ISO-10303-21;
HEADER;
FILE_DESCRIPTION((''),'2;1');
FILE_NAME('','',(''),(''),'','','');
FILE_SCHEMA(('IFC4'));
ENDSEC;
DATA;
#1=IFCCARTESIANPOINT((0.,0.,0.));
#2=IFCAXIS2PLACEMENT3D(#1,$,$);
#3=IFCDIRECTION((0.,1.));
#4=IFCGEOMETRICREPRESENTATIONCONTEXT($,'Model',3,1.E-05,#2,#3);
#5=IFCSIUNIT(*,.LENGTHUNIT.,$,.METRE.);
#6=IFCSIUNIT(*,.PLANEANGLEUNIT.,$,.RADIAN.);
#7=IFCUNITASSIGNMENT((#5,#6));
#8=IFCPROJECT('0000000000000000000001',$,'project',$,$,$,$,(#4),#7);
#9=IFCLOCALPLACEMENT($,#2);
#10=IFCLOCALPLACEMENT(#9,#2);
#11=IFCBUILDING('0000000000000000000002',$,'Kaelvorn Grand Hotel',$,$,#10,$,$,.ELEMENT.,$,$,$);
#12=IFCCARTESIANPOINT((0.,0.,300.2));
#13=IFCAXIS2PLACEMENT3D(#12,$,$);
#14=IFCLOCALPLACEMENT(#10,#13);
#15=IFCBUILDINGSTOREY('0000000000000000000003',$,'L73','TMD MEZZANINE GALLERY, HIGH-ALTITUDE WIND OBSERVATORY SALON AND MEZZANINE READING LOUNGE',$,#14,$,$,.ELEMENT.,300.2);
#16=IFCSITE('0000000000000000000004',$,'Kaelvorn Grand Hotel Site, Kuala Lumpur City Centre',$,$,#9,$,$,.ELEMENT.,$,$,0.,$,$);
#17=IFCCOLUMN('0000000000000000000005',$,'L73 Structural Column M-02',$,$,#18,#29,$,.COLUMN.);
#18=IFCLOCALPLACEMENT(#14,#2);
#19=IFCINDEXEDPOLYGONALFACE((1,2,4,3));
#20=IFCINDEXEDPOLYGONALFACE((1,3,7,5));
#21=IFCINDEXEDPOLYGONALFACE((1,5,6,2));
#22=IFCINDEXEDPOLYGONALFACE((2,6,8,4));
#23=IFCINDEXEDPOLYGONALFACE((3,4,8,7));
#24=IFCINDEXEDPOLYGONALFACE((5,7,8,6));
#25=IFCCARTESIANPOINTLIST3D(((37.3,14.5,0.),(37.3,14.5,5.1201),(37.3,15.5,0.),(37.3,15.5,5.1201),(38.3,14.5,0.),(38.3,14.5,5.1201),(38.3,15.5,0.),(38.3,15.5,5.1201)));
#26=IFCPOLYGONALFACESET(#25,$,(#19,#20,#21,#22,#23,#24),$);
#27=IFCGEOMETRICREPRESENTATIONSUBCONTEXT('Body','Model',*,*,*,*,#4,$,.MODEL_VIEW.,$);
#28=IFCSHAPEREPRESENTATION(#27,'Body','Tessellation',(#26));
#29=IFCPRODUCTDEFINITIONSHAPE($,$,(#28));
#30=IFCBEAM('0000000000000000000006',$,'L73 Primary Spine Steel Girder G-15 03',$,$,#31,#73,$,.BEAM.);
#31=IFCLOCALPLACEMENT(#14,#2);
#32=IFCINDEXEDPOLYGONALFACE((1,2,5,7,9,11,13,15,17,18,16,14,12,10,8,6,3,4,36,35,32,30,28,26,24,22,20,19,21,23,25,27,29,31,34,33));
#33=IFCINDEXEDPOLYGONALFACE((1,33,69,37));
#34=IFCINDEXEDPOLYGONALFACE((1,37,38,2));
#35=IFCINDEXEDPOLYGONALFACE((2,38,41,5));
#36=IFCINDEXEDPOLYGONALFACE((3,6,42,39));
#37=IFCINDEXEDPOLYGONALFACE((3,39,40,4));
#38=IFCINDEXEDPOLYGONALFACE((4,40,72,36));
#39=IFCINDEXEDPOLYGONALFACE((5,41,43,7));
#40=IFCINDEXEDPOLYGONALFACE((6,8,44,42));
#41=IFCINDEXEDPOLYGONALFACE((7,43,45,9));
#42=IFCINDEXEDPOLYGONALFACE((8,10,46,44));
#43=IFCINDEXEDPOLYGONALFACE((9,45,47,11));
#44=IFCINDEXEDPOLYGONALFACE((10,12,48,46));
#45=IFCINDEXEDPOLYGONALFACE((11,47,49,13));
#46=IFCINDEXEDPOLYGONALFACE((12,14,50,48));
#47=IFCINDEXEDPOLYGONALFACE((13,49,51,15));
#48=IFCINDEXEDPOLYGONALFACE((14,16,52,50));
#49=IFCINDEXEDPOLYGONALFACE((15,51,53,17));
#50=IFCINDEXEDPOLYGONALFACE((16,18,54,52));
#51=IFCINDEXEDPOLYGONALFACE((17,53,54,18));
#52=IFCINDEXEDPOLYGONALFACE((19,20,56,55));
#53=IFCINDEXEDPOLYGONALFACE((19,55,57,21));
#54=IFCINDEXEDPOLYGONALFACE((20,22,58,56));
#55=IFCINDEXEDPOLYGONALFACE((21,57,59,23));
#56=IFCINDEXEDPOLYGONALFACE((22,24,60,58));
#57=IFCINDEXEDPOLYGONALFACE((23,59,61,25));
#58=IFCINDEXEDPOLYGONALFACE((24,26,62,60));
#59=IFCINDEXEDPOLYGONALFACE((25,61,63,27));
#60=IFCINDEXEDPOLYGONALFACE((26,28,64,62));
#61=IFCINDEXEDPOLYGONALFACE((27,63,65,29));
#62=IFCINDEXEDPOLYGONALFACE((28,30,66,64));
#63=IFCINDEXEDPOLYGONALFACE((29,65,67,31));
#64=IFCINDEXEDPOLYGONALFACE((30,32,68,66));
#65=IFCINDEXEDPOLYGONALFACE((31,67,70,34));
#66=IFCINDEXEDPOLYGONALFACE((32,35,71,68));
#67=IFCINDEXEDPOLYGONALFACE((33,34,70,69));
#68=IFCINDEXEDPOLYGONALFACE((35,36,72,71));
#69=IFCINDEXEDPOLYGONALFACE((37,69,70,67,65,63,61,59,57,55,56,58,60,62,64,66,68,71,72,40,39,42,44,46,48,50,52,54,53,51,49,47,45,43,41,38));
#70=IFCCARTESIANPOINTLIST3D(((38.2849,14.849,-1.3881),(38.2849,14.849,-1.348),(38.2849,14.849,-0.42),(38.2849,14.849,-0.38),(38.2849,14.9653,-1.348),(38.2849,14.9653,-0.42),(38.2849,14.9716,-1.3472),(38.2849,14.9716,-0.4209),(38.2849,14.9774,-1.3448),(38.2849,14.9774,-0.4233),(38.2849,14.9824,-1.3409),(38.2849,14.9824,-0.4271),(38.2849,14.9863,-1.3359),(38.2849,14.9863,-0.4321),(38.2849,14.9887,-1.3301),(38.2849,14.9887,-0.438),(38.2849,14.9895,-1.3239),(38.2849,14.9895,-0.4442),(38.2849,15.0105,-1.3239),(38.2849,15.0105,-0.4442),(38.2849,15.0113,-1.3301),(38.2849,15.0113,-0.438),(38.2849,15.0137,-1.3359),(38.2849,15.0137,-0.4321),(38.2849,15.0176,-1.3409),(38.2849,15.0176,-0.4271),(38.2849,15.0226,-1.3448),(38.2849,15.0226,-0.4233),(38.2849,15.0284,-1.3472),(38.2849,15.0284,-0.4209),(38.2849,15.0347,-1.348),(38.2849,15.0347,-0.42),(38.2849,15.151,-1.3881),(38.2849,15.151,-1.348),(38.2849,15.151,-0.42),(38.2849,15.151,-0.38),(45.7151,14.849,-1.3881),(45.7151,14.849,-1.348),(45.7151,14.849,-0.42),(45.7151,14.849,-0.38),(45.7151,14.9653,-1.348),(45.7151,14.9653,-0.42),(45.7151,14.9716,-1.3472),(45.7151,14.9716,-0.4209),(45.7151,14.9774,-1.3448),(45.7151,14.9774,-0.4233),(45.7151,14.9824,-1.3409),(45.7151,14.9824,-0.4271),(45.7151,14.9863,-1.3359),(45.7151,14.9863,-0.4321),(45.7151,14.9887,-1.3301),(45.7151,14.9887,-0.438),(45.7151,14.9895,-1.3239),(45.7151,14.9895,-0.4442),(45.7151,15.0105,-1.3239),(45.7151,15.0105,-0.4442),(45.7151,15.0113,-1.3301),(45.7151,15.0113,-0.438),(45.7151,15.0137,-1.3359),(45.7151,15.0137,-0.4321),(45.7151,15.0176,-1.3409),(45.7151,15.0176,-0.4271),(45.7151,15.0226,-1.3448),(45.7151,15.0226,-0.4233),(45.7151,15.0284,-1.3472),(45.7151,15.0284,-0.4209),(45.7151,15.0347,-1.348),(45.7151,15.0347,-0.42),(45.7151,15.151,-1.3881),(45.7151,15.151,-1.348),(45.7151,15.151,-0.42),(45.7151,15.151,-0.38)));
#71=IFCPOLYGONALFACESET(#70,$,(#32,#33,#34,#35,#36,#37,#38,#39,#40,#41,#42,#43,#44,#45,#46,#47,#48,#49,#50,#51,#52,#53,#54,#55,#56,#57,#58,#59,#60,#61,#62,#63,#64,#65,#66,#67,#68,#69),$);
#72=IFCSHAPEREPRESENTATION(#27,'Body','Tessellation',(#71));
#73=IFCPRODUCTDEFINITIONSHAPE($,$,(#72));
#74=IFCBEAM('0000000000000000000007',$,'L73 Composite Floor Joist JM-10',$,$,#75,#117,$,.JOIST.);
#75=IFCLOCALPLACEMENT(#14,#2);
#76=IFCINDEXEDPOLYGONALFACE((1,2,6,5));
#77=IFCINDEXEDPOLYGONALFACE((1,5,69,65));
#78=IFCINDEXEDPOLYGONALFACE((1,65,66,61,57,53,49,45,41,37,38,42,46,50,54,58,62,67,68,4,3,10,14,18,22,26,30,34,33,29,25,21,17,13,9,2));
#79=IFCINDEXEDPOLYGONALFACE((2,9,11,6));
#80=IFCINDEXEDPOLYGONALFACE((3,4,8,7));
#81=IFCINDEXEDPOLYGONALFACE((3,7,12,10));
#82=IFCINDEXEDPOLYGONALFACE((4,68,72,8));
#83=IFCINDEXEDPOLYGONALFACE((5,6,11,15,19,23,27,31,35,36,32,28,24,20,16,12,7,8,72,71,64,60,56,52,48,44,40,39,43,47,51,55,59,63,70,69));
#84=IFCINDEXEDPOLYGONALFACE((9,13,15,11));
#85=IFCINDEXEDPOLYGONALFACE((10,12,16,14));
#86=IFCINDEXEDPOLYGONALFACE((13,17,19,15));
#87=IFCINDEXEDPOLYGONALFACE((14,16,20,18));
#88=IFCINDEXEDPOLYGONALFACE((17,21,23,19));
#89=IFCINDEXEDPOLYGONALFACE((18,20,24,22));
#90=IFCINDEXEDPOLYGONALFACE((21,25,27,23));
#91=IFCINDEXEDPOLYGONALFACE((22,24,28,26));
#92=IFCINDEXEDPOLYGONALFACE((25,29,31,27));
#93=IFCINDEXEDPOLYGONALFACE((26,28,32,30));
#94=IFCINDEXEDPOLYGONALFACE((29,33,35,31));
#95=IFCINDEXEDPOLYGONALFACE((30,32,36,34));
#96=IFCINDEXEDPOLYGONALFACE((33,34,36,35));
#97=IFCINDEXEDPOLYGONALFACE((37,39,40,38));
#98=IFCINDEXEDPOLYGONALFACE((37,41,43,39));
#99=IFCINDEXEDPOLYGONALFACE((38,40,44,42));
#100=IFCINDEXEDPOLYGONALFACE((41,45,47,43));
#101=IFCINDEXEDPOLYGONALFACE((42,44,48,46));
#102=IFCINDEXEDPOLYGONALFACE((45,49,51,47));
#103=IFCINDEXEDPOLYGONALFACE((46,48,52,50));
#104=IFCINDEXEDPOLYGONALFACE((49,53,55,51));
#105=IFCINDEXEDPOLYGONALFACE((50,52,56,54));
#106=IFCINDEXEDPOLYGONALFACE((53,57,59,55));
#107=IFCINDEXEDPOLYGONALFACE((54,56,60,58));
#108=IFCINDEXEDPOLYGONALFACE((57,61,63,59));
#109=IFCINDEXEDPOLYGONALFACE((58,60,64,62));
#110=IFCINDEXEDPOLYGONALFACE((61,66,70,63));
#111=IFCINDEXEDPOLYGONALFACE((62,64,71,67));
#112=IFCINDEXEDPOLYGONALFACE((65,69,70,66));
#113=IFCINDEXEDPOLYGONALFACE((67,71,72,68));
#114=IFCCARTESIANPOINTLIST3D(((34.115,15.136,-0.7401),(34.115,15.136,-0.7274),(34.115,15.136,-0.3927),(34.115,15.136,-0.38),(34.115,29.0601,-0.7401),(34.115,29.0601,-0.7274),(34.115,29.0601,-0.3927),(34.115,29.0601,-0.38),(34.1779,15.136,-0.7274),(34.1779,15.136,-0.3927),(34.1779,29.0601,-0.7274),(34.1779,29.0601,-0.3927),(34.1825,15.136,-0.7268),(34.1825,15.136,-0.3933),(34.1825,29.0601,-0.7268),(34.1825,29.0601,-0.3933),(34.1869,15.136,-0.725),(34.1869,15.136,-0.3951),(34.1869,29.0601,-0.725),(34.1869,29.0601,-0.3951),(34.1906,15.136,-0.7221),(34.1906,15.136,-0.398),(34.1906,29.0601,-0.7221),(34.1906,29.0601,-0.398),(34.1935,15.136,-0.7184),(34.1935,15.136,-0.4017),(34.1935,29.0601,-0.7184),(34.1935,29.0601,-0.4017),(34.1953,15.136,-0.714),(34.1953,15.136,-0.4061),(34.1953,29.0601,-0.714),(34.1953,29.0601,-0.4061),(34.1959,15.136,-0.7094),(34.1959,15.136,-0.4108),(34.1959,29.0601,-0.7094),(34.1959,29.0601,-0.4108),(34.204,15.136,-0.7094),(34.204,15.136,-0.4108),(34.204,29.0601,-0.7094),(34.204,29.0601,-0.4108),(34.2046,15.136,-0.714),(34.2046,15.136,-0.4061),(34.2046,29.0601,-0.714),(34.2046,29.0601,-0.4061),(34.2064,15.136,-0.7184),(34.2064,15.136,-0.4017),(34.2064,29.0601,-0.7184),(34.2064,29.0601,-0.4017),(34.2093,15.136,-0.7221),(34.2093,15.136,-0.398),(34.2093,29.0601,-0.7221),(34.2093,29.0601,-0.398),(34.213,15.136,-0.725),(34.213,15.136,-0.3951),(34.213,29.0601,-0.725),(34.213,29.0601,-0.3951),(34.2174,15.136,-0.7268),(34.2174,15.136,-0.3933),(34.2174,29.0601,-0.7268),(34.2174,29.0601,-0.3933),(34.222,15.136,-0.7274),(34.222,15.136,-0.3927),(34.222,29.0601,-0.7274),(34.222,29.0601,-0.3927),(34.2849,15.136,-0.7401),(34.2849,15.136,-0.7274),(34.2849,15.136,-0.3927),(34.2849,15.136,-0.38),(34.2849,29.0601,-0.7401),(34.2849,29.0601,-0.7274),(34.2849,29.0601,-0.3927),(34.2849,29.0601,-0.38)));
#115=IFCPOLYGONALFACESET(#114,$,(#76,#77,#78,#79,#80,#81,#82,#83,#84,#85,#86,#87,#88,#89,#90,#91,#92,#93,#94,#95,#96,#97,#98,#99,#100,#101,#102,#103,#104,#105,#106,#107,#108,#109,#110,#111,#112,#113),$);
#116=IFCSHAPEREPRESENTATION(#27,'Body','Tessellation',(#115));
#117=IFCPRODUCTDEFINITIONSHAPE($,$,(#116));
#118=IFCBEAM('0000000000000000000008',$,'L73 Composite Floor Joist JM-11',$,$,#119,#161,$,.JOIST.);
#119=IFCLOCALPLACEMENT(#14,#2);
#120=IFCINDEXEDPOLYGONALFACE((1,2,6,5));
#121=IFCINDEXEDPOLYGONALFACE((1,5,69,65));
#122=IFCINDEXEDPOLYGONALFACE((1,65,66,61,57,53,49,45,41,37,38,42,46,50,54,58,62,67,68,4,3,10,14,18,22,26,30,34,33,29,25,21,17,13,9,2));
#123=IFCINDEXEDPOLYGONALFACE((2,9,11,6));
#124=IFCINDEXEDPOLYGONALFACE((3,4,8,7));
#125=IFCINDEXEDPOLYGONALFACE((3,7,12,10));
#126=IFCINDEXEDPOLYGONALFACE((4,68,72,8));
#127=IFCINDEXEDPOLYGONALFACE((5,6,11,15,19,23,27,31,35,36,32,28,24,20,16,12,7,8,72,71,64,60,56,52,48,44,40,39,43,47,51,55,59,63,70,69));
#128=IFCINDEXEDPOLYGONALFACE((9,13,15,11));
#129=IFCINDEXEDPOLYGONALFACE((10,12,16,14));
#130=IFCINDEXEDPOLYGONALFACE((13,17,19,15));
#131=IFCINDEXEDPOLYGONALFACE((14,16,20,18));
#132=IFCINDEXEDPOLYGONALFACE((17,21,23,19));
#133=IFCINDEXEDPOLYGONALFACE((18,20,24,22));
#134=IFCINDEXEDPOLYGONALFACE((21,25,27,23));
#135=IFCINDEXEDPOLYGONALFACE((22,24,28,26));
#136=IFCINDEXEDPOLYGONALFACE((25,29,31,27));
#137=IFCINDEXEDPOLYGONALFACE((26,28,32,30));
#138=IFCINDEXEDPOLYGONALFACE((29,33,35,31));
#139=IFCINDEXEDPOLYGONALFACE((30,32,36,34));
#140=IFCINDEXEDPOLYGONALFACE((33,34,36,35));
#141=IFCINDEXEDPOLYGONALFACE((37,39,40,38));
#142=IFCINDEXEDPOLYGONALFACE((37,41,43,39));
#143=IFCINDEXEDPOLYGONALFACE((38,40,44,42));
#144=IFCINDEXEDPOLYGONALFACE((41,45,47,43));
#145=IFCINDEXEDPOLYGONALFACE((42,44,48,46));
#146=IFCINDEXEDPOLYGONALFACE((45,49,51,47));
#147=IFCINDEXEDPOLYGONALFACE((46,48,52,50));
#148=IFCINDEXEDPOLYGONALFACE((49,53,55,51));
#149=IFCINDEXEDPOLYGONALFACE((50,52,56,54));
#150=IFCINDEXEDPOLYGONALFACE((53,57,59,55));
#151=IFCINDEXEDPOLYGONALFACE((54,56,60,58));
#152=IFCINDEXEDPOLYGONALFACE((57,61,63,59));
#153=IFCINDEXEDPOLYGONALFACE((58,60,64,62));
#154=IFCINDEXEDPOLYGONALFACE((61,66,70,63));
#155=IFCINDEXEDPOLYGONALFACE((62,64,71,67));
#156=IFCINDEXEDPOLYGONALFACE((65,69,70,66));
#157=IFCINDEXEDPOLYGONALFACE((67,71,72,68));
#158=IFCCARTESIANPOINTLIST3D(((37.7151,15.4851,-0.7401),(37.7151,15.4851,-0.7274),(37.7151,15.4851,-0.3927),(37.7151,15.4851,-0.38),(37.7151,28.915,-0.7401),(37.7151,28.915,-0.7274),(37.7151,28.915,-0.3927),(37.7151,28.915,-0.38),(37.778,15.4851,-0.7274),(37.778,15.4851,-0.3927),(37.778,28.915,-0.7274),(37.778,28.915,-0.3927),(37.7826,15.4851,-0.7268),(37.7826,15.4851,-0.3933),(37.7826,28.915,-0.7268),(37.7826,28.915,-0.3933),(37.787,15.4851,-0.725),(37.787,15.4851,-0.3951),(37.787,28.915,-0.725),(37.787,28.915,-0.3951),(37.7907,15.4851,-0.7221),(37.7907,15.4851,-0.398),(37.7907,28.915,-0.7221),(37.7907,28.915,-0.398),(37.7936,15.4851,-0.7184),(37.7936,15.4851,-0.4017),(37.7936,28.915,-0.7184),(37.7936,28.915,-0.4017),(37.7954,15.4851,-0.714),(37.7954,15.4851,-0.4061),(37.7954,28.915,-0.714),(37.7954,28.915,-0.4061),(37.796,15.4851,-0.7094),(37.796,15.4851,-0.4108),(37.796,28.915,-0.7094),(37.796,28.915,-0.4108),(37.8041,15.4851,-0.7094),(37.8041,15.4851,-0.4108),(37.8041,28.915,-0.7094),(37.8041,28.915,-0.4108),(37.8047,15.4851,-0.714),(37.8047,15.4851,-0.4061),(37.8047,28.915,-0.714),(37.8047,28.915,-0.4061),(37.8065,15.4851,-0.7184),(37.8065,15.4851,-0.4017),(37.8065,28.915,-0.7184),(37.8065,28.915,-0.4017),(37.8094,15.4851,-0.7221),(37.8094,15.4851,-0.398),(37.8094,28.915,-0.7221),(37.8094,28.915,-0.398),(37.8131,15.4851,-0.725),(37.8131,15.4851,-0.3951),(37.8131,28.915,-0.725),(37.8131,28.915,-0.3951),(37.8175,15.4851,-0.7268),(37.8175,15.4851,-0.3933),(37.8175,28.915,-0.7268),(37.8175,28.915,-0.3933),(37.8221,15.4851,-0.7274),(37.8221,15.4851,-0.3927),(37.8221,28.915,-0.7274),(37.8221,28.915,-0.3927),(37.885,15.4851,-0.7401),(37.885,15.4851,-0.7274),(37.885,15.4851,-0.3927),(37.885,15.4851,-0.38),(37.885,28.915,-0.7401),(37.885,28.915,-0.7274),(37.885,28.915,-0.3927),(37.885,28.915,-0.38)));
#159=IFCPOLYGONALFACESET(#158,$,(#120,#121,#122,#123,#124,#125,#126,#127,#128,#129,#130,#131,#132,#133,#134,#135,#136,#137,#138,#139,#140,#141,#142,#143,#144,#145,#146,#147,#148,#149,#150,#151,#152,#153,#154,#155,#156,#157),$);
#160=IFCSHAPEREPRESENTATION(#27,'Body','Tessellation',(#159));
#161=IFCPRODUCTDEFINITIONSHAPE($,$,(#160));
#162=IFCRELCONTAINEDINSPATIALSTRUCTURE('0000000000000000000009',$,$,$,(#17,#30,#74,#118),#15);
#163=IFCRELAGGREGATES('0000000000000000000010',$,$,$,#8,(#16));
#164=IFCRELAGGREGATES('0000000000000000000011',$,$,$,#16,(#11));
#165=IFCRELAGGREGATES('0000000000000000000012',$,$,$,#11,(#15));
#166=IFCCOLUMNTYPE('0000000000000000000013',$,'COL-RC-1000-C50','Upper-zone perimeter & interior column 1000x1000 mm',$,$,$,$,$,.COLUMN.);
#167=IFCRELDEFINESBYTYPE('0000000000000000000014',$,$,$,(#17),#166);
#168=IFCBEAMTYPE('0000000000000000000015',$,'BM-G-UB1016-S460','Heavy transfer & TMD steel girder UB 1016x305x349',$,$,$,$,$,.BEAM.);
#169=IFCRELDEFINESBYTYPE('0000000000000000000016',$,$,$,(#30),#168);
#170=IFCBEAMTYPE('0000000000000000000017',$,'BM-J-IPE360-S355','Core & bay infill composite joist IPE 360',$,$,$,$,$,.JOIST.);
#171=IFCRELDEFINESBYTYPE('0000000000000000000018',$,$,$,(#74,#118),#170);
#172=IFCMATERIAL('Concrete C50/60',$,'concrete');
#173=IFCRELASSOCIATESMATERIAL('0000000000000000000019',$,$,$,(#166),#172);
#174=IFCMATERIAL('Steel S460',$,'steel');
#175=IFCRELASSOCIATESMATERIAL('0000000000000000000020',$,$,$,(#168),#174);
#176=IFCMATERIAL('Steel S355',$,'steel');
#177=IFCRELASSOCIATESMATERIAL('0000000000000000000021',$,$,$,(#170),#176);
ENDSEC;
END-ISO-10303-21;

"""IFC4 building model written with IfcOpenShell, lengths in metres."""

from ifc_helpers import new_model, si_unit, direction, frame, origin, origin_2d, place, context, subcontext, project, spatial, rectangle, i_section, extrude, material, material_profile, profile_set, type_object, element, save


model = new_model("IFC4")

# Units and contexts
model_context = context("Model", 3, precision=1e-05, world=origin(), true_north=direction((0.0, 1.0)))
body_context = subcontext(model_context, "Body", "Model", "MODEL_VIEW")
ifc_project = project(units=[si_unit("LENGTHUNIT", "METRE"), si_unit("PLANEANGLEUNIT", "RADIAN")], contexts=[model_context])

# Site, building, storey
site_placement = place(None, origin())
site = spatial("IfcSite", under=ifc_project, at=site_placement, Name="Kaelvorn Grand Hotel Site, Kuala Lumpur City Centre", CompositionType="ELEMENT", RefElevation=0.0)
building_placement = place(site_placement, origin())
building = spatial("IfcBuilding", under=site, at=building_placement, Name="Kaelvorn Grand Hotel", CompositionType="ELEMENT")
storey_placement = place(building_placement, frame((0.0, 0.0, 300.2)))
storey = spatial("IfcBuildingStorey", under=building, at=storey_placement, Name="L73", Description="TMD MEZZANINE GALLERY, HIGH-ALTITUDE WIND OBSERVATORY SALON AND MEZZANINE READING LOUNGE", CompositionType="ELEMENT", Elevation=300.2)

# Column
ifc_material_1 = material(Name="Concrete C50/60", Category="concrete")
ifc_material_profile_1 = material_profile(ifc_material_1, rectangle(XDim=1.0, YDim=1.0, at=origin_2d()), Name="RC COL 1000x1000")
ifc_profile_set_1 = profile_set([ifc_material_profile_1], Name="Concrete C50/60")
column_type = type_object("IfcColumnType", Name="COL-RC-1000-C50", Description="Upper-zone perimeter & interior column 1000x1000 mm", PredefinedType="COLUMN", material=ifc_profile_set_1)
column_placement = place(storey_placement, frame((37.8, 15.0, 0.0), z_axis=(0.0, 0.0, 1.0), x_axis=(1.0, 0.0, 0.0)))
element("IfcColumn", 1, at=column_placement, inside=storey, type_object=column_type, Name="L73 Structural Column M-02", PredefinedType="COLUMN", context=body_context, shape_type="SweptSolid", body=[
    extrude(rectangle(XDim=1.0, YDim=1.0, at=origin_2d()), origin(), (0.0, 0.0, 1.0), 5.1201),
])

# Beams
ifc_material_2 = material(Name="Steel S460", Category="steel")
ifc_material_profile_2 = material_profile(ifc_material_2, i_section(OverallWidth=0.302, OverallDepth=1.0081, WebThickness=0.021, FlangeThickness=0.04, FilletRadius=0.0242, at=origin_2d()), Name="UB 1016x305x349")
ifc_profile_set_2 = profile_set([ifc_material_profile_2], Name="Steel S460")
beam_type_1 = type_object("IfcBeamType", Name="BM-G-UB1016-S460", Description="Heavy transfer & TMD steel girder UB 1016x305x349", PredefinedType="BEAM", material=ifc_profile_set_2)
beam_1_placement = place(storey_placement, frame((38.2849, 15.0, -0.884), z_axis=(1.0, 0.0, 0.0), x_axis=(0.0, 1.0, 0.0)))
element("IfcBeam", 2, at=beam_1_placement, inside=storey, type_object=beam_type_1, Name="L73 Primary Spine Steel Girder G-15 03", PredefinedType="BEAM", context=body_context, shape_type="SweptSolid", body=[
    extrude(i_section(OverallWidth=0.302, OverallDepth=1.0081, WebThickness=0.021, FlangeThickness=0.04, FilletRadius=0.0242, at=origin_2d()), origin(), (0.0, 0.0, 1.0), 7.4302),
])
ifc_material_3 = material(Name="Steel S355", Category="steel")
ifc_material_profile_3 = material_profile(ifc_material_3, i_section(OverallWidth=0.1699, OverallDepth=0.3601, WebThickness=0.0081, FlangeThickness=0.0127, FilletRadius=0.0181, at=origin_2d()), Name="IPE 360")
ifc_profile_set_3 = profile_set([ifc_material_profile_3], Name="Steel S355")
beam_type_2 = type_object("IfcBeamType", Name="BM-J-IPE360-S355", Description="Core & bay infill composite joist IPE 360", PredefinedType="JOIST", material=ifc_profile_set_3)
beam_2_placement = place(storey_placement, frame((34.2, 15.136, -0.5601), z_axis=(0.0, 1.0, 0.0), x_axis=(-1.0, 0.0, 0.0)))
element("IfcBeam", 3, at=beam_2_placement, inside=storey, type_object=beam_type_2, Name="L73 Composite Floor Joist JM-10", PredefinedType="JOIST", context=body_context, shape_type="SweptSolid", body=[
    extrude(i_section(OverallWidth=0.1699, OverallDepth=0.3601, WebThickness=0.0081, FlangeThickness=0.0127, FilletRadius=0.0181, at=origin_2d()), origin(), (0.0, 0.0, 1.0), 13.9241),
])
beam_3_placement = place(storey_placement, frame((37.8, 15.4851, -0.5601), z_axis=(0.0, 1.0, 0.0), x_axis=(-1.0, 0.0, 0.0)))
element("IfcBeam", 4, at=beam_3_placement, inside=storey, type_object=beam_type_2, Name="L73 Composite Floor Joist JM-11", PredefinedType="JOIST", context=body_context, shape_type="SweptSolid", body=[
    extrude(i_section(OverallWidth=0.1699, OverallDepth=0.3601, WebThickness=0.0081, FlangeThickness=0.0127, FilletRadius=0.0181, at=origin_2d()), origin(), (0.0, 0.0, 1.0), 13.4299),
])

save(model, "model.ifc")
